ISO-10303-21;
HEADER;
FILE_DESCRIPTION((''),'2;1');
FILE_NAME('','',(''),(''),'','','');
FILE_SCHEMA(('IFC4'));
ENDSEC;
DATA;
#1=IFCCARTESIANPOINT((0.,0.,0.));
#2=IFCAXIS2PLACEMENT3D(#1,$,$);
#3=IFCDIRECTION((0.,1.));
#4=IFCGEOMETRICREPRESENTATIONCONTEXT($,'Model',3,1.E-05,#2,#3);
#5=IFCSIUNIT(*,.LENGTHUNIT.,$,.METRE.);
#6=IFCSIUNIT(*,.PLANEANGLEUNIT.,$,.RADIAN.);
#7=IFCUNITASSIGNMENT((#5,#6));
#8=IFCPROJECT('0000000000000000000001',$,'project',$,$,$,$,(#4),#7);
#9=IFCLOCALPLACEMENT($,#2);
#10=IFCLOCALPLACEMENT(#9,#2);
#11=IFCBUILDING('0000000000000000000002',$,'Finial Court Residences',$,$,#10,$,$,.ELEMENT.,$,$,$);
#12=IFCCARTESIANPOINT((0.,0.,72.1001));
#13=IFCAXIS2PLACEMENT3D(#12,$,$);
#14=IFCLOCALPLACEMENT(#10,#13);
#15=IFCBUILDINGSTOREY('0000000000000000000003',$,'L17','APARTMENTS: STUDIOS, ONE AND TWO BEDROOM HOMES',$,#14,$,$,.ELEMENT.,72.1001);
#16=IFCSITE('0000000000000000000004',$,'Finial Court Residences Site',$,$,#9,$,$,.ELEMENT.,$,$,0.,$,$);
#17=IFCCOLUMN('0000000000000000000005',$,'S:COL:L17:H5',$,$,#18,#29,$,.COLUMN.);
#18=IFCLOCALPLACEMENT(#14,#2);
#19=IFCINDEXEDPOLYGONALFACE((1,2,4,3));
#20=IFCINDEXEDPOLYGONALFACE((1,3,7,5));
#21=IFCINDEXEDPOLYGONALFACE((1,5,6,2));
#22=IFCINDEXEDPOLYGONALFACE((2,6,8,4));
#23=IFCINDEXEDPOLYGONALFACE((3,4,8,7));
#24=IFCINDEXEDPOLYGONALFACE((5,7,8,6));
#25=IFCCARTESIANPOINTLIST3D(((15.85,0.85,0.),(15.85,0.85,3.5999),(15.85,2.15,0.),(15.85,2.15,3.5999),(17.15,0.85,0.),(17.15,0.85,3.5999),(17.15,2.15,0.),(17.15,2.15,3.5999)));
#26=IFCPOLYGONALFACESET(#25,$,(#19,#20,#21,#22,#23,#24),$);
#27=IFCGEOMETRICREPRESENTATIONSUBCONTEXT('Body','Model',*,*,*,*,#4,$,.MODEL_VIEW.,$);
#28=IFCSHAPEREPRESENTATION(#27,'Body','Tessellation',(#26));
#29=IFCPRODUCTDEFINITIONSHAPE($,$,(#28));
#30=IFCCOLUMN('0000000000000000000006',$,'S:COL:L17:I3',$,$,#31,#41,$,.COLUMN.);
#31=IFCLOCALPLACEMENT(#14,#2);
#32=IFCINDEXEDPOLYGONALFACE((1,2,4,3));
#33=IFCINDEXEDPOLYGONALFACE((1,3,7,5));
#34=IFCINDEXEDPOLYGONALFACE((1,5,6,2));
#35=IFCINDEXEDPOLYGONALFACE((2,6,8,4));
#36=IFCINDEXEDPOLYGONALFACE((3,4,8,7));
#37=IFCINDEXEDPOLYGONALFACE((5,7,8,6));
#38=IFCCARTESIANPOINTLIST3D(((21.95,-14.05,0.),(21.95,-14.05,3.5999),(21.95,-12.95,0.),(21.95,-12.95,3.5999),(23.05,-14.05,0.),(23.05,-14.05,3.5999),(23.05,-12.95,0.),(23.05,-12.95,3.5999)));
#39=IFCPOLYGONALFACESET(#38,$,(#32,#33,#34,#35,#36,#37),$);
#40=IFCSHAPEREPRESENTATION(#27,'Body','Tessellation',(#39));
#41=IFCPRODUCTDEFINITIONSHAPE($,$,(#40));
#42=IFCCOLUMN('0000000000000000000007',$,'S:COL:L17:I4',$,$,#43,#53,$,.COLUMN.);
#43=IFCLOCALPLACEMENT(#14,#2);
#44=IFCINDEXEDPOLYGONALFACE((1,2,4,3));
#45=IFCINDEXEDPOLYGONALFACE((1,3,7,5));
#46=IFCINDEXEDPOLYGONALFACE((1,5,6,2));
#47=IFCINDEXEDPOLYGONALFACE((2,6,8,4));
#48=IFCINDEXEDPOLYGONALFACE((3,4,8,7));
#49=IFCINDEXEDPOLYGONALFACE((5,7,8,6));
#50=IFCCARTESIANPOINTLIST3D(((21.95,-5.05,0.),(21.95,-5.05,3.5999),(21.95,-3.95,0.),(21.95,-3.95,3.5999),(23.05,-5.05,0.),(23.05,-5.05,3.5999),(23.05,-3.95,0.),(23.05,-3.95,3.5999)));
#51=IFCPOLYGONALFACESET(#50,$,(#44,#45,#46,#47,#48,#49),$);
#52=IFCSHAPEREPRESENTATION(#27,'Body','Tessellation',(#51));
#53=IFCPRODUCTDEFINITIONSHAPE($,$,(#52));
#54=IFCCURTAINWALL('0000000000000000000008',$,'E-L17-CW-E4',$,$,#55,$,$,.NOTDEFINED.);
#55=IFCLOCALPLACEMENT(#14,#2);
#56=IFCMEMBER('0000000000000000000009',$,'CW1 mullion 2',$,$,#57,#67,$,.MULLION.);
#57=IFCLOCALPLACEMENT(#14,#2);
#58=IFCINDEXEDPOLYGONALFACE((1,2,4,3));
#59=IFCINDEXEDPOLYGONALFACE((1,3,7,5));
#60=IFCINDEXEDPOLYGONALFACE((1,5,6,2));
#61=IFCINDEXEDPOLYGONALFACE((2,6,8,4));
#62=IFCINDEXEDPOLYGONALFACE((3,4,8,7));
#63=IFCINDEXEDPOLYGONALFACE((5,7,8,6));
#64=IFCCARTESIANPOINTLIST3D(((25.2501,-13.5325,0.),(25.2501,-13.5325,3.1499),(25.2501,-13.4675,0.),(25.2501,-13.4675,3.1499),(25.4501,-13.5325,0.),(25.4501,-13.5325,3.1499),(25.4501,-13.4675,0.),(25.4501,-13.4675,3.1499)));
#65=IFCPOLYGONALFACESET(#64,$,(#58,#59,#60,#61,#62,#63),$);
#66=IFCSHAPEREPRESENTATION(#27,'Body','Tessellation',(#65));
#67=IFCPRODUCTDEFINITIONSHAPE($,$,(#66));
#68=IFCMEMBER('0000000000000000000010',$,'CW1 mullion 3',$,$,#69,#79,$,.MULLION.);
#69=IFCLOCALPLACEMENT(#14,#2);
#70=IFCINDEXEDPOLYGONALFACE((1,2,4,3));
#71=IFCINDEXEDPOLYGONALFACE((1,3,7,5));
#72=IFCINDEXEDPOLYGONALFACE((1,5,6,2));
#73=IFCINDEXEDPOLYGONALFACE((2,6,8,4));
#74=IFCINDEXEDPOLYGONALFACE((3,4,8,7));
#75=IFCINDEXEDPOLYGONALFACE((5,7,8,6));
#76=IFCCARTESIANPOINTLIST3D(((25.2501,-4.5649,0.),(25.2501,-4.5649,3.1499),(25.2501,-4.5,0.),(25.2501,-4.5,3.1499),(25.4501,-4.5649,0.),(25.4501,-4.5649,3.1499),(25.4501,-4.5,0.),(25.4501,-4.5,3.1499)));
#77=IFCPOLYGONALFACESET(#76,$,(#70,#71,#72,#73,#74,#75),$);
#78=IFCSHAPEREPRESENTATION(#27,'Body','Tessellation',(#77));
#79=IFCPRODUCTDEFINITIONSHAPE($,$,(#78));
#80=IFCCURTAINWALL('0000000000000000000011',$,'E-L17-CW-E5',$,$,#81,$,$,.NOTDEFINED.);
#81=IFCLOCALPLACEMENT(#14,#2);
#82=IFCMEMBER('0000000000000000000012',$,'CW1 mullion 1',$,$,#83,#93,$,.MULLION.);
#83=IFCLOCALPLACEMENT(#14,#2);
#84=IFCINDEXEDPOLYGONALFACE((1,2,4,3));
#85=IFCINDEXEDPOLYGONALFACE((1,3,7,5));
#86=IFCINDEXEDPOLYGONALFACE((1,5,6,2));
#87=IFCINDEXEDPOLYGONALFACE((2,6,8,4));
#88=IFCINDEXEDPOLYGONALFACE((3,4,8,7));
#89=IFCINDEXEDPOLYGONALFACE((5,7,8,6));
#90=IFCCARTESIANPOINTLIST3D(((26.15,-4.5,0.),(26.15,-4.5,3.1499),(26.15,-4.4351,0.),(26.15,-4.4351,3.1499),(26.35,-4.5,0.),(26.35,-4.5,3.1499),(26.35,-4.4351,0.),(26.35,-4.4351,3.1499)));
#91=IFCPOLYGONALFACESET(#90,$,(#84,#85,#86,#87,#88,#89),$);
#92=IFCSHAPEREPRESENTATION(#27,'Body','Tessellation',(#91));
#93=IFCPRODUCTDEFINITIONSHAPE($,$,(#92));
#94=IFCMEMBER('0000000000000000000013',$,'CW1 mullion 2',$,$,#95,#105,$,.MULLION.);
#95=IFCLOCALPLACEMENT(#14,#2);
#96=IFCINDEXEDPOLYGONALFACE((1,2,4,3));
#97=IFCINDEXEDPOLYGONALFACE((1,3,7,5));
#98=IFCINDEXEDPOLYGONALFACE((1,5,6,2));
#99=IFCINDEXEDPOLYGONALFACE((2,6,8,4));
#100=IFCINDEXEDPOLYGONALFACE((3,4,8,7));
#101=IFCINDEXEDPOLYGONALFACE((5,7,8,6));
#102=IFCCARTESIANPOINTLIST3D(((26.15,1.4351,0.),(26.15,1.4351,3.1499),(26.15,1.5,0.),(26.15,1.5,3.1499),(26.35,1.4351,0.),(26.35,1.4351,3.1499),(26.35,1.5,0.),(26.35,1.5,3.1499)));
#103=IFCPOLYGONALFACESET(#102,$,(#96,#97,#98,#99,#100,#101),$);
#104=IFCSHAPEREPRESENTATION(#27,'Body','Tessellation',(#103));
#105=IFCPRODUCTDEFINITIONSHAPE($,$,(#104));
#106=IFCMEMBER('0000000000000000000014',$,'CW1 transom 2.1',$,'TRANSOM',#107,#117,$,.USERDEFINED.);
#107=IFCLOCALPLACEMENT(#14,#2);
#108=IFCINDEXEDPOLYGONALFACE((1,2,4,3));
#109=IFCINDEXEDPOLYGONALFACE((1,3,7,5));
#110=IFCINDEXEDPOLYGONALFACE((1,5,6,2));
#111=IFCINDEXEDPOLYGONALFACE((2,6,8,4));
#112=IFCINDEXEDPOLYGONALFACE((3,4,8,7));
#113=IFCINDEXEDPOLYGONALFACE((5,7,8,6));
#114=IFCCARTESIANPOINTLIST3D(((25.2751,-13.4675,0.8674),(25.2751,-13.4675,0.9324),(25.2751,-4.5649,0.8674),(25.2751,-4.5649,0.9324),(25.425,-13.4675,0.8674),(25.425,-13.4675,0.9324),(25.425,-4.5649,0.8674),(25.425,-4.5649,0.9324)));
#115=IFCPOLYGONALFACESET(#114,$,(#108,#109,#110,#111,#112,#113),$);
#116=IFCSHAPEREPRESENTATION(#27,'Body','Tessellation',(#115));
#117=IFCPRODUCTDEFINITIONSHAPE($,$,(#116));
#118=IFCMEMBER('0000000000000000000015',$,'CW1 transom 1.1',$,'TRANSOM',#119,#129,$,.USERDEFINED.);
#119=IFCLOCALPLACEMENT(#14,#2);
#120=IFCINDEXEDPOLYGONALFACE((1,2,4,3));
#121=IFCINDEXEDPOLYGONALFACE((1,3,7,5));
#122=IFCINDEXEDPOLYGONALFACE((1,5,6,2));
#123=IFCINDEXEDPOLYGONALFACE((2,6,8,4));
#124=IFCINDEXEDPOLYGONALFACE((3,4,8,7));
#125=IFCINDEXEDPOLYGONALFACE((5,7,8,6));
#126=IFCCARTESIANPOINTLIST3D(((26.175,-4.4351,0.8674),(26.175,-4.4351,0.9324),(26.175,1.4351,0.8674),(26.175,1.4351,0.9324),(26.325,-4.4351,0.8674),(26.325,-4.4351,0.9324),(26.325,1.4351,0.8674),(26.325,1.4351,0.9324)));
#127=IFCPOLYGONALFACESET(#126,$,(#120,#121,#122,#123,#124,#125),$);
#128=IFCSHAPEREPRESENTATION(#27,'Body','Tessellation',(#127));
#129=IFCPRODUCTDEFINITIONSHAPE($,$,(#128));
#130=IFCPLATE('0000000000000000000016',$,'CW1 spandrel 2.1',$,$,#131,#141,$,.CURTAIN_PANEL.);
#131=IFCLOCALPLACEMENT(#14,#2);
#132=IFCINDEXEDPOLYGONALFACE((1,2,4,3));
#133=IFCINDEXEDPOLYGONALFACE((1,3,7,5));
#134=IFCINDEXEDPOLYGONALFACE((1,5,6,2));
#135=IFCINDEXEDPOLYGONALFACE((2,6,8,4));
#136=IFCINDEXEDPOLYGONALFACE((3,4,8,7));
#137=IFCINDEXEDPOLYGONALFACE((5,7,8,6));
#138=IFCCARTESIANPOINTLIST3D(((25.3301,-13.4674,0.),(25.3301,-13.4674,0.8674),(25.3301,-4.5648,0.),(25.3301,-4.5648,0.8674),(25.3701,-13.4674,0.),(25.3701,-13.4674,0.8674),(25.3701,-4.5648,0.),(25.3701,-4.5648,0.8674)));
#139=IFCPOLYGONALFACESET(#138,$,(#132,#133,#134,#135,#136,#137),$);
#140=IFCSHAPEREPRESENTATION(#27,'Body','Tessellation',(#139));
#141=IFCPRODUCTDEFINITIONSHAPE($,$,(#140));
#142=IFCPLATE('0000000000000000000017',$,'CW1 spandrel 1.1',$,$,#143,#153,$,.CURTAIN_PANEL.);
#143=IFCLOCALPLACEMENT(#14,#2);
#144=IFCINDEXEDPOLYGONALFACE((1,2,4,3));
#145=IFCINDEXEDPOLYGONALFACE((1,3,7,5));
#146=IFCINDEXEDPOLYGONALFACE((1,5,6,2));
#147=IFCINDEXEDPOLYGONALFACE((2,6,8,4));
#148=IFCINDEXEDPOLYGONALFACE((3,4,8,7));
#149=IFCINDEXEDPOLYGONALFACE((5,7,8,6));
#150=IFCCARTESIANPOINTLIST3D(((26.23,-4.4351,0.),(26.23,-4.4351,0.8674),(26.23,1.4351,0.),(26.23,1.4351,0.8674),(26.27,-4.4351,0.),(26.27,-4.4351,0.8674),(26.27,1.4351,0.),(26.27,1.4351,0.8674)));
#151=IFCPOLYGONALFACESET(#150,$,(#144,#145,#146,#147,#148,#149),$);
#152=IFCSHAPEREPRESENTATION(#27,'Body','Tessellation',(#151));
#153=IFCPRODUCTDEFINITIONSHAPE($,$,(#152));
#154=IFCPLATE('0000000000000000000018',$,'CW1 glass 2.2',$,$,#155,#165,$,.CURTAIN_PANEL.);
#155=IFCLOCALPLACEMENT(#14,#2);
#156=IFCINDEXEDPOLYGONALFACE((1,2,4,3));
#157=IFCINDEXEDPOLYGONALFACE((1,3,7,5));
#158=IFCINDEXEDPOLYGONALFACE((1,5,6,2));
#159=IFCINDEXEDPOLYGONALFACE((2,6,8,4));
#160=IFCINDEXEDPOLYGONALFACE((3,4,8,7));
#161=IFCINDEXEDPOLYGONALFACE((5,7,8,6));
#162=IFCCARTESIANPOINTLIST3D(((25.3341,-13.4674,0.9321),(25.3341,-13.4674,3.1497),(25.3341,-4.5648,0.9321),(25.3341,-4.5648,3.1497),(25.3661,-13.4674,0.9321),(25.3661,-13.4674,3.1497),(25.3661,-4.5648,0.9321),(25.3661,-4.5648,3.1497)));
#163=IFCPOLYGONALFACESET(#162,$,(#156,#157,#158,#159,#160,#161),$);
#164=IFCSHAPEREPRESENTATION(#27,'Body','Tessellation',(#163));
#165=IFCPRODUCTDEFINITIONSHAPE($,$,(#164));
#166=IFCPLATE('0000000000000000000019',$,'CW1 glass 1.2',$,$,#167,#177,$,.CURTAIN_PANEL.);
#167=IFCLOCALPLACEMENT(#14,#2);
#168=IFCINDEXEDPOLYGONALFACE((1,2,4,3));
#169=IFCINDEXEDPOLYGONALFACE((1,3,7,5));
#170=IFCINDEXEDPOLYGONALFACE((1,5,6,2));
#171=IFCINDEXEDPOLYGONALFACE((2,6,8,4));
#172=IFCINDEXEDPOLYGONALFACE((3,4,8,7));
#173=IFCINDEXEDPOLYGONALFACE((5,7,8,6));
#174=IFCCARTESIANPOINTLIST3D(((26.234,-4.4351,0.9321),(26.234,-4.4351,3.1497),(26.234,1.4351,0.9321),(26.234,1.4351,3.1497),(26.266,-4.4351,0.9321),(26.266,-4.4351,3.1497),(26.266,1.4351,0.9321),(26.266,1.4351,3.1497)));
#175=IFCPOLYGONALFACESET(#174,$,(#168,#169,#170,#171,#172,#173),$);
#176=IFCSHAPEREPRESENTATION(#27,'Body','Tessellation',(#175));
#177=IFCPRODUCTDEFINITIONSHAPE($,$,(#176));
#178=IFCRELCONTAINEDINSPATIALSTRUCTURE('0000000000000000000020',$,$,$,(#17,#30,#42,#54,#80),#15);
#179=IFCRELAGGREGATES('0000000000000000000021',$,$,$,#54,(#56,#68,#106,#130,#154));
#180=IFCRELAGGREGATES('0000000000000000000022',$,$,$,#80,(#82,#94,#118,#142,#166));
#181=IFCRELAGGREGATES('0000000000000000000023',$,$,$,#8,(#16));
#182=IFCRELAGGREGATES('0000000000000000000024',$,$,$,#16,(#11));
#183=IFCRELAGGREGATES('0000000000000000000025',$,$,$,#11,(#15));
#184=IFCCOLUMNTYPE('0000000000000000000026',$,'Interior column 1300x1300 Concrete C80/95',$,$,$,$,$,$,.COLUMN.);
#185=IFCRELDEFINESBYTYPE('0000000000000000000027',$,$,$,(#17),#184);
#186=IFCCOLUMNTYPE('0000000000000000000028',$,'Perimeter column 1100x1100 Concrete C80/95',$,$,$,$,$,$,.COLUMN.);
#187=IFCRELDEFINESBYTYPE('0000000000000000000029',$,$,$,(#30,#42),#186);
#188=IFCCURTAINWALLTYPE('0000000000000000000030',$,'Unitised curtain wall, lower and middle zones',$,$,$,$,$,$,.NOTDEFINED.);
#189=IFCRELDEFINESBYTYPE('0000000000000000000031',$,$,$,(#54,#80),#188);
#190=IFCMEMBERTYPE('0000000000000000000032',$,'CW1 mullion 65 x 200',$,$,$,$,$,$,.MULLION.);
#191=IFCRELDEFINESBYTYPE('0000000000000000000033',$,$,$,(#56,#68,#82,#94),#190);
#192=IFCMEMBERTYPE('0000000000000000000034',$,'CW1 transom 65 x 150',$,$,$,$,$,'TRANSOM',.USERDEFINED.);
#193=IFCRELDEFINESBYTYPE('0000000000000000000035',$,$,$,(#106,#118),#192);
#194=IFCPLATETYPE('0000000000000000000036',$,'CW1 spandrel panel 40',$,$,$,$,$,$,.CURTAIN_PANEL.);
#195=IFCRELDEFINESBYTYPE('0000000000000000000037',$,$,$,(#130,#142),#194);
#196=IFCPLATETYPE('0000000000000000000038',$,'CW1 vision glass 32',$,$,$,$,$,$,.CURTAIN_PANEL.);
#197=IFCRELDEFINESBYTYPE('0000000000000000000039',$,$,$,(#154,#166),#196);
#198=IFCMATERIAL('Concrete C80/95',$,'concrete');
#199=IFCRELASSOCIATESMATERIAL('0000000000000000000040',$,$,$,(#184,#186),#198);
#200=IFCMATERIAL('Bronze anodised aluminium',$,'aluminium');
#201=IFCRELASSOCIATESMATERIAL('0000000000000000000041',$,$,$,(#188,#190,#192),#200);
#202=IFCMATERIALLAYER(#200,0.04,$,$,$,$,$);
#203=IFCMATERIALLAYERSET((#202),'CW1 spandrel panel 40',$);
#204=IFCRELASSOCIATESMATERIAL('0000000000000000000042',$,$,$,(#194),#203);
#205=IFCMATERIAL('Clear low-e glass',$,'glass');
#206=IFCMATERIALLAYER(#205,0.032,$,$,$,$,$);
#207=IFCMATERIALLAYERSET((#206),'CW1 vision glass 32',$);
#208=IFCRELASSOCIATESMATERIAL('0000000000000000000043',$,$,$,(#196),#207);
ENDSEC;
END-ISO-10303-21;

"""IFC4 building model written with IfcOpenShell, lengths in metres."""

from ifc_helpers import new_model, si_unit, direction, frame, origin, origin_2d, place, context, subcontext, project, spatial, rectangle, extrude, material, layer, layer_set, material_profile, profile_set, type_object, element, aggregate, save


model = new_model("IFC4")

# Units and contexts
model_context = context("Model", 3, precision=1e-05, world=origin(), true_north=direction((0.0, 1.0)))
body_context = subcontext(model_context, "Body", "Model", "MODEL_VIEW")
ifc_project = project(units=[si_unit("LENGTHUNIT", "METRE"), si_unit("PLANEANGLEUNIT", "RADIAN")], contexts=[model_context])

# Site, building, storey
site_placement = place(None, origin())
site = spatial("IfcSite", under=ifc_project, at=site_placement, Name="Finial Court Residences Site", CompositionType="ELEMENT", RefElevation=0.0)
building_placement = place(site_placement, origin())
building = spatial("IfcBuilding", under=site, at=building_placement, Name="Finial Court Residences", CompositionType="ELEMENT")
storey_placement = place(building_placement, frame((0.0, 0.0, 72.1001)))
storey = spatial("IfcBuildingStorey", under=building, at=storey_placement, Name="L17", Description="APARTMENTS: STUDIOS, ONE AND TWO BEDROOM HOMES", CompositionType="ELEMENT", Elevation=72.1001)

# Columns
ifc_material_1 = material(Name="Concrete C80/95", Category="concrete")
ifc_material_profile_1 = material_profile(ifc_material_1, rectangle(XDim=1.3, YDim=1.3, at=origin_2d()), Name="1300x1300")
ifc_profile_set_1 = profile_set([ifc_material_profile_1], Name="Concrete C80/95")
column_type_1 = type_object("IfcColumnType", Name="Interior column 1300x1300 Concrete C80/95", PredefinedType="COLUMN", material=ifc_profile_set_1)
column_placement = place(storey_placement, frame((16.5, 1.5, 0.0), z_axis=(0.0, 0.0, 1.0), x_axis=(1.0, 0.0, 0.0)))
element("IfcColumn", 1, at=column_placement, inside=storey, type_object=column_type_1, Name="S:COL:L17:H5", PredefinedType="COLUMN", context=body_context, shape_type="SweptSolid", body=[
    extrude(rectangle(XDim=1.3, YDim=1.3, at=origin_2d()), origin(), (0.0, 0.0, 1.0), 3.5999),
])
ifc_material_profile_2 = material_profile(ifc_material_1, rectangle(XDim=1.1001, YDim=1.1001, at=origin_2d()), Name="1100x1100")
ifc_profile_set_2 = profile_set([ifc_material_profile_2], Name="Concrete C80/95")
column_type_2 = type_object("IfcColumnType", Name="Perimeter column 1100x1100 Concrete C80/95", PredefinedType="COLUMN", material=ifc_profile_set_2)
for number, where, z_axis, x_axis, name in (
    (2, (22.5, -13.5, 0.0), (0.0, 0.0, 1.0), (1.0, 0.0, 0.0), "S:COL:L17:I3"),
    (3, (22.5, -4.5, 0.0), (0.0, 0.0, 1.0), (1.0, 0.0, 0.0), "S:COL:L17:I4"),
):
    element("IfcColumn", number, at=place(storey_placement, frame(where, z_axis=z_axis, x_axis=x_axis)), inside=storey, type_object=column_type_2, Name=name, PredefinedType="COLUMN", context=body_context, shape_type="SweptSolid", body=[
        extrude(rectangle(XDim=1.1001, YDim=1.1001, at=origin_2d()), origin(), (0.0, 0.0, 1.0), 3.5999),
    ])

# Curtain walls, members
ifc_material_2 = material(Name="Bronze anodised aluminium", Category="aluminium")
curtain_wall_type = type_object("IfcCurtainWallType", Name="Unitised curtain wall, lower and middle zones", PredefinedType="NOTDEFINED", material=ifc_material_2)
curtain_wall_1_placement = place(storey_placement, origin())
curtain_wall_1 = element("IfcCurtainWall", 4, at=curtain_wall_1_placement, inside=storey, type_object=curtain_wall_type, Name="E-L17-CW-E4", PredefinedType="NOTDEFINED")
ifc_material_profile_3 = material_profile(ifc_material_2, rectangle(XDim=0.2, YDim=0.0649, at=origin_2d()), Name="CW1 mullion 65 x 200")
ifc_profile_set_3 = profile_set([ifc_material_profile_3], Name="Bronze anodised aluminium")
member_type_1 = type_object("IfcMemberType", Name="CW1 mullion 65 x 200", PredefinedType="MULLION", material=ifc_profile_set_3)
member_1_placement = place(storey_placement, frame((25.3501, -13.5, 0.0), z_axis=(0.0, 0.0, 1.0), x_axis=(-1.0, 0.0, 0.0)))
member_1 = element("IfcMember", 5, at=member_1_placement, type_object=member_type_1, Name="CW1 mullion 2", PredefinedType="MULLION", context=body_context, shape_type="SweptSolid", body=[
    extrude(rectangle(XDim=0.2, YDim=0.0649, at=origin_2d()), origin(), (0.0, 0.0, 1.0), 3.1499),
])
member_2_placement = place(storey_placement, frame((25.3501, -4.5325, 0.0), z_axis=(0.0, 0.0, 1.0), x_axis=(-1.0, 0.0, 0.0)))
member_2 = element("IfcMember", 6, at=member_2_placement, type_object=member_type_1, Name="CW1 mullion 3", PredefinedType="MULLION", context=body_context, shape_type="SweptSolid", body=[
    extrude(rectangle(XDim=0.2, YDim=0.0649, at=origin_2d()), origin(), (0.0, 0.0, 1.0), 3.1499),
])
curtain_wall_2_placement = place(storey_placement, origin())
curtain_wall_2 = element("IfcCurtainWall", 7, at=curtain_wall_2_placement, inside=storey, type_object=curtain_wall_type, Name="E-L17-CW-E5", PredefinedType="NOTDEFINED")
member_3_placement = place(storey_placement, frame((26.25, -4.4675, 0.0), z_axis=(0.0, 0.0, 1.0), x_axis=(-1.0, 0.0, 0.0)))
member_3 = element("IfcMember", 8, at=member_3_placement, type_object=member_type_1, Name="CW1 mullion 1", PredefinedType="MULLION", context=body_context, shape_type="SweptSolid", body=[
    extrude(rectangle(XDim=0.2, YDim=0.0649, at=origin_2d()), origin(), (0.0, 0.0, 1.0), 3.1499),
])
member_4_placement = place(storey_placement, frame((26.25, 1.4675, 0.0), z_axis=(0.0, 0.0, 1.0), x_axis=(-1.0, 0.0, 0.0)))
member_4 = element("IfcMember", 9, at=member_4_placement, type_object=member_type_1, Name="CW1 mullion 2", PredefinedType="MULLION", context=body_context, shape_type="SweptSolid", body=[
    extrude(rectangle(XDim=0.2, YDim=0.0649, at=origin_2d()), origin(), (0.0, 0.0, 1.0), 3.1499),
])

# Members
ifc_material_profile_4 = material_profile(ifc_material_2, rectangle(XDim=0.1499, YDim=0.0649, at=origin_2d()), Name="CW1 transom 65 x 150")
ifc_profile_set_4 = profile_set([ifc_material_profile_4], Name="Bronze anodised aluminium")
member_type_2 = type_object("IfcMemberType", Name="CW1 transom 65 x 150", ElementType="TRANSOM", PredefinedType="USERDEFINED", material=ifc_profile_set_4)
member_5_placement = place(storey_placement, frame((25.3501, -13.4675, 0.8999), z_axis=(0.0, 1.0, 0.0), x_axis=(-1.0, 0.0, 0.0)))
member_5 = element("IfcMember", 10, at=member_5_placement, type_object=member_type_2, Name="CW1 transom 2.1", ObjectType="TRANSOM", PredefinedType="USERDEFINED", context=body_context, shape_type="SweptSolid", body=[
    extrude(rectangle(XDim=0.1499, YDim=0.0649, at=origin_2d()), origin(), (0.0, 0.0, 1.0), 8.9026),
])
member_6_placement = place(storey_placement, frame((26.25, -4.4351, 0.8999), z_axis=(0.0, 1.0, 0.0), x_axis=(-1.0, 0.0, 0.0)))
member_6 = element("IfcMember", 11, at=member_6_placement, type_object=member_type_2, Name="CW1 transom 1.1", ObjectType="TRANSOM", PredefinedType="USERDEFINED", context=body_context, shape_type="SweptSolid", body=[
    extrude(rectangle(XDim=0.1499, YDim=0.0649, at=origin_2d()), origin(), (0.0, 0.0, 1.0), 5.8701),
])

# Plates
ifc_layer_1 = layer(ifc_material_2, 0.04)
ifc_layer_set_1 = layer_set([ifc_layer_1], Name="CW1 spandrel panel 40")
plate_type_1 = type_object("IfcPlateType", Name="CW1 spandrel panel 40", PredefinedType="CURTAIN_PANEL", material=ifc_layer_set_1)
plate_1_placement = place(storey_placement, frame((25.3501, -9.0161, 0.0), z_axis=(0.0, 0.0, 1.0), x_axis=(0.0, 1.0, 0.0)))
plate_1 = element("IfcPlate", 12, at=plate_1_placement, type_object=plate_type_1, Name="CW1 spandrel 2.1", PredefinedType="CURTAIN_PANEL", context=body_context, shape_type="SweptSolid", body=[
    extrude(rectangle(XDim=8.9026, YDim=0.04, at=origin_2d()), origin(), (0.0, 0.0, 1.0), 0.8674),
])
plate_2_placement = place(storey_placement, frame((26.25, -1.5, 0.0), z_axis=(0.0, 0.0, 1.0), x_axis=(0.0, 1.0, 0.0)))
plate_2 = element("IfcPlate", 13, at=plate_2_placement, type_object=plate_type_1, Name="CW1 spandrel 1.1", PredefinedType="CURTAIN_PANEL", context=body_context, shape_type="SweptSolid", body=[
    extrude(rectangle(XDim=5.8701, YDim=0.04, at=origin_2d()), origin(), (0.0, 0.0, 1.0), 0.8674),
])
ifc_material_3 = material(Name="Clear low-e glass", Category="glass")
ifc_layer_2 = layer(ifc_material_3, 0.032)
ifc_layer_set_2 = layer_set([ifc_layer_2], Name="CW1 vision glass 32")
plate_type_2 = type_object("IfcPlateType", Name="CW1 vision glass 32", PredefinedType="CURTAIN_PANEL", material=ifc_layer_set_2)
plate_3_placement = place(storey_placement, frame((25.3501, -9.0161, 0.9321), z_axis=(0.0, 0.0, 1.0), x_axis=(0.0, 1.0, 0.0)))
plate_3 = element("IfcPlate", 14, at=plate_3_placement, type_object=plate_type_2, Name="CW1 glass 2.2", PredefinedType="CURTAIN_PANEL", context=body_context, shape_type="SweptSolid", body=[
    extrude(rectangle(XDim=8.9026, YDim=0.032, at=origin_2d()), origin(), (0.0, 0.0, 1.0), 2.2175),
])
aggregate(curtain_wall_1, [member_1, member_2, member_5, plate_1, plate_3])
plate_4_placement = place(storey_placement, frame((26.25, -1.5, 0.9321), z_axis=(0.0, 0.0, 1.0), x_axis=(0.0, 1.0, 0.0)))
plate_4 = element("IfcPlate", 15, at=plate_4_placement, type_object=plate_type_2, Name="CW1 glass 1.2", PredefinedType="CURTAIN_PANEL", context=body_context, shape_type="SweptSolid", body=[
    extrude(rectangle(XDim=5.8701, YDim=0.032, at=origin_2d()), origin(), (0.0, 0.0, 1.0), 2.2175),
])
aggregate(curtain_wall_2, [member_3, member_4, member_6, plate_2, plate_4])

save(model, "model.ifc")
